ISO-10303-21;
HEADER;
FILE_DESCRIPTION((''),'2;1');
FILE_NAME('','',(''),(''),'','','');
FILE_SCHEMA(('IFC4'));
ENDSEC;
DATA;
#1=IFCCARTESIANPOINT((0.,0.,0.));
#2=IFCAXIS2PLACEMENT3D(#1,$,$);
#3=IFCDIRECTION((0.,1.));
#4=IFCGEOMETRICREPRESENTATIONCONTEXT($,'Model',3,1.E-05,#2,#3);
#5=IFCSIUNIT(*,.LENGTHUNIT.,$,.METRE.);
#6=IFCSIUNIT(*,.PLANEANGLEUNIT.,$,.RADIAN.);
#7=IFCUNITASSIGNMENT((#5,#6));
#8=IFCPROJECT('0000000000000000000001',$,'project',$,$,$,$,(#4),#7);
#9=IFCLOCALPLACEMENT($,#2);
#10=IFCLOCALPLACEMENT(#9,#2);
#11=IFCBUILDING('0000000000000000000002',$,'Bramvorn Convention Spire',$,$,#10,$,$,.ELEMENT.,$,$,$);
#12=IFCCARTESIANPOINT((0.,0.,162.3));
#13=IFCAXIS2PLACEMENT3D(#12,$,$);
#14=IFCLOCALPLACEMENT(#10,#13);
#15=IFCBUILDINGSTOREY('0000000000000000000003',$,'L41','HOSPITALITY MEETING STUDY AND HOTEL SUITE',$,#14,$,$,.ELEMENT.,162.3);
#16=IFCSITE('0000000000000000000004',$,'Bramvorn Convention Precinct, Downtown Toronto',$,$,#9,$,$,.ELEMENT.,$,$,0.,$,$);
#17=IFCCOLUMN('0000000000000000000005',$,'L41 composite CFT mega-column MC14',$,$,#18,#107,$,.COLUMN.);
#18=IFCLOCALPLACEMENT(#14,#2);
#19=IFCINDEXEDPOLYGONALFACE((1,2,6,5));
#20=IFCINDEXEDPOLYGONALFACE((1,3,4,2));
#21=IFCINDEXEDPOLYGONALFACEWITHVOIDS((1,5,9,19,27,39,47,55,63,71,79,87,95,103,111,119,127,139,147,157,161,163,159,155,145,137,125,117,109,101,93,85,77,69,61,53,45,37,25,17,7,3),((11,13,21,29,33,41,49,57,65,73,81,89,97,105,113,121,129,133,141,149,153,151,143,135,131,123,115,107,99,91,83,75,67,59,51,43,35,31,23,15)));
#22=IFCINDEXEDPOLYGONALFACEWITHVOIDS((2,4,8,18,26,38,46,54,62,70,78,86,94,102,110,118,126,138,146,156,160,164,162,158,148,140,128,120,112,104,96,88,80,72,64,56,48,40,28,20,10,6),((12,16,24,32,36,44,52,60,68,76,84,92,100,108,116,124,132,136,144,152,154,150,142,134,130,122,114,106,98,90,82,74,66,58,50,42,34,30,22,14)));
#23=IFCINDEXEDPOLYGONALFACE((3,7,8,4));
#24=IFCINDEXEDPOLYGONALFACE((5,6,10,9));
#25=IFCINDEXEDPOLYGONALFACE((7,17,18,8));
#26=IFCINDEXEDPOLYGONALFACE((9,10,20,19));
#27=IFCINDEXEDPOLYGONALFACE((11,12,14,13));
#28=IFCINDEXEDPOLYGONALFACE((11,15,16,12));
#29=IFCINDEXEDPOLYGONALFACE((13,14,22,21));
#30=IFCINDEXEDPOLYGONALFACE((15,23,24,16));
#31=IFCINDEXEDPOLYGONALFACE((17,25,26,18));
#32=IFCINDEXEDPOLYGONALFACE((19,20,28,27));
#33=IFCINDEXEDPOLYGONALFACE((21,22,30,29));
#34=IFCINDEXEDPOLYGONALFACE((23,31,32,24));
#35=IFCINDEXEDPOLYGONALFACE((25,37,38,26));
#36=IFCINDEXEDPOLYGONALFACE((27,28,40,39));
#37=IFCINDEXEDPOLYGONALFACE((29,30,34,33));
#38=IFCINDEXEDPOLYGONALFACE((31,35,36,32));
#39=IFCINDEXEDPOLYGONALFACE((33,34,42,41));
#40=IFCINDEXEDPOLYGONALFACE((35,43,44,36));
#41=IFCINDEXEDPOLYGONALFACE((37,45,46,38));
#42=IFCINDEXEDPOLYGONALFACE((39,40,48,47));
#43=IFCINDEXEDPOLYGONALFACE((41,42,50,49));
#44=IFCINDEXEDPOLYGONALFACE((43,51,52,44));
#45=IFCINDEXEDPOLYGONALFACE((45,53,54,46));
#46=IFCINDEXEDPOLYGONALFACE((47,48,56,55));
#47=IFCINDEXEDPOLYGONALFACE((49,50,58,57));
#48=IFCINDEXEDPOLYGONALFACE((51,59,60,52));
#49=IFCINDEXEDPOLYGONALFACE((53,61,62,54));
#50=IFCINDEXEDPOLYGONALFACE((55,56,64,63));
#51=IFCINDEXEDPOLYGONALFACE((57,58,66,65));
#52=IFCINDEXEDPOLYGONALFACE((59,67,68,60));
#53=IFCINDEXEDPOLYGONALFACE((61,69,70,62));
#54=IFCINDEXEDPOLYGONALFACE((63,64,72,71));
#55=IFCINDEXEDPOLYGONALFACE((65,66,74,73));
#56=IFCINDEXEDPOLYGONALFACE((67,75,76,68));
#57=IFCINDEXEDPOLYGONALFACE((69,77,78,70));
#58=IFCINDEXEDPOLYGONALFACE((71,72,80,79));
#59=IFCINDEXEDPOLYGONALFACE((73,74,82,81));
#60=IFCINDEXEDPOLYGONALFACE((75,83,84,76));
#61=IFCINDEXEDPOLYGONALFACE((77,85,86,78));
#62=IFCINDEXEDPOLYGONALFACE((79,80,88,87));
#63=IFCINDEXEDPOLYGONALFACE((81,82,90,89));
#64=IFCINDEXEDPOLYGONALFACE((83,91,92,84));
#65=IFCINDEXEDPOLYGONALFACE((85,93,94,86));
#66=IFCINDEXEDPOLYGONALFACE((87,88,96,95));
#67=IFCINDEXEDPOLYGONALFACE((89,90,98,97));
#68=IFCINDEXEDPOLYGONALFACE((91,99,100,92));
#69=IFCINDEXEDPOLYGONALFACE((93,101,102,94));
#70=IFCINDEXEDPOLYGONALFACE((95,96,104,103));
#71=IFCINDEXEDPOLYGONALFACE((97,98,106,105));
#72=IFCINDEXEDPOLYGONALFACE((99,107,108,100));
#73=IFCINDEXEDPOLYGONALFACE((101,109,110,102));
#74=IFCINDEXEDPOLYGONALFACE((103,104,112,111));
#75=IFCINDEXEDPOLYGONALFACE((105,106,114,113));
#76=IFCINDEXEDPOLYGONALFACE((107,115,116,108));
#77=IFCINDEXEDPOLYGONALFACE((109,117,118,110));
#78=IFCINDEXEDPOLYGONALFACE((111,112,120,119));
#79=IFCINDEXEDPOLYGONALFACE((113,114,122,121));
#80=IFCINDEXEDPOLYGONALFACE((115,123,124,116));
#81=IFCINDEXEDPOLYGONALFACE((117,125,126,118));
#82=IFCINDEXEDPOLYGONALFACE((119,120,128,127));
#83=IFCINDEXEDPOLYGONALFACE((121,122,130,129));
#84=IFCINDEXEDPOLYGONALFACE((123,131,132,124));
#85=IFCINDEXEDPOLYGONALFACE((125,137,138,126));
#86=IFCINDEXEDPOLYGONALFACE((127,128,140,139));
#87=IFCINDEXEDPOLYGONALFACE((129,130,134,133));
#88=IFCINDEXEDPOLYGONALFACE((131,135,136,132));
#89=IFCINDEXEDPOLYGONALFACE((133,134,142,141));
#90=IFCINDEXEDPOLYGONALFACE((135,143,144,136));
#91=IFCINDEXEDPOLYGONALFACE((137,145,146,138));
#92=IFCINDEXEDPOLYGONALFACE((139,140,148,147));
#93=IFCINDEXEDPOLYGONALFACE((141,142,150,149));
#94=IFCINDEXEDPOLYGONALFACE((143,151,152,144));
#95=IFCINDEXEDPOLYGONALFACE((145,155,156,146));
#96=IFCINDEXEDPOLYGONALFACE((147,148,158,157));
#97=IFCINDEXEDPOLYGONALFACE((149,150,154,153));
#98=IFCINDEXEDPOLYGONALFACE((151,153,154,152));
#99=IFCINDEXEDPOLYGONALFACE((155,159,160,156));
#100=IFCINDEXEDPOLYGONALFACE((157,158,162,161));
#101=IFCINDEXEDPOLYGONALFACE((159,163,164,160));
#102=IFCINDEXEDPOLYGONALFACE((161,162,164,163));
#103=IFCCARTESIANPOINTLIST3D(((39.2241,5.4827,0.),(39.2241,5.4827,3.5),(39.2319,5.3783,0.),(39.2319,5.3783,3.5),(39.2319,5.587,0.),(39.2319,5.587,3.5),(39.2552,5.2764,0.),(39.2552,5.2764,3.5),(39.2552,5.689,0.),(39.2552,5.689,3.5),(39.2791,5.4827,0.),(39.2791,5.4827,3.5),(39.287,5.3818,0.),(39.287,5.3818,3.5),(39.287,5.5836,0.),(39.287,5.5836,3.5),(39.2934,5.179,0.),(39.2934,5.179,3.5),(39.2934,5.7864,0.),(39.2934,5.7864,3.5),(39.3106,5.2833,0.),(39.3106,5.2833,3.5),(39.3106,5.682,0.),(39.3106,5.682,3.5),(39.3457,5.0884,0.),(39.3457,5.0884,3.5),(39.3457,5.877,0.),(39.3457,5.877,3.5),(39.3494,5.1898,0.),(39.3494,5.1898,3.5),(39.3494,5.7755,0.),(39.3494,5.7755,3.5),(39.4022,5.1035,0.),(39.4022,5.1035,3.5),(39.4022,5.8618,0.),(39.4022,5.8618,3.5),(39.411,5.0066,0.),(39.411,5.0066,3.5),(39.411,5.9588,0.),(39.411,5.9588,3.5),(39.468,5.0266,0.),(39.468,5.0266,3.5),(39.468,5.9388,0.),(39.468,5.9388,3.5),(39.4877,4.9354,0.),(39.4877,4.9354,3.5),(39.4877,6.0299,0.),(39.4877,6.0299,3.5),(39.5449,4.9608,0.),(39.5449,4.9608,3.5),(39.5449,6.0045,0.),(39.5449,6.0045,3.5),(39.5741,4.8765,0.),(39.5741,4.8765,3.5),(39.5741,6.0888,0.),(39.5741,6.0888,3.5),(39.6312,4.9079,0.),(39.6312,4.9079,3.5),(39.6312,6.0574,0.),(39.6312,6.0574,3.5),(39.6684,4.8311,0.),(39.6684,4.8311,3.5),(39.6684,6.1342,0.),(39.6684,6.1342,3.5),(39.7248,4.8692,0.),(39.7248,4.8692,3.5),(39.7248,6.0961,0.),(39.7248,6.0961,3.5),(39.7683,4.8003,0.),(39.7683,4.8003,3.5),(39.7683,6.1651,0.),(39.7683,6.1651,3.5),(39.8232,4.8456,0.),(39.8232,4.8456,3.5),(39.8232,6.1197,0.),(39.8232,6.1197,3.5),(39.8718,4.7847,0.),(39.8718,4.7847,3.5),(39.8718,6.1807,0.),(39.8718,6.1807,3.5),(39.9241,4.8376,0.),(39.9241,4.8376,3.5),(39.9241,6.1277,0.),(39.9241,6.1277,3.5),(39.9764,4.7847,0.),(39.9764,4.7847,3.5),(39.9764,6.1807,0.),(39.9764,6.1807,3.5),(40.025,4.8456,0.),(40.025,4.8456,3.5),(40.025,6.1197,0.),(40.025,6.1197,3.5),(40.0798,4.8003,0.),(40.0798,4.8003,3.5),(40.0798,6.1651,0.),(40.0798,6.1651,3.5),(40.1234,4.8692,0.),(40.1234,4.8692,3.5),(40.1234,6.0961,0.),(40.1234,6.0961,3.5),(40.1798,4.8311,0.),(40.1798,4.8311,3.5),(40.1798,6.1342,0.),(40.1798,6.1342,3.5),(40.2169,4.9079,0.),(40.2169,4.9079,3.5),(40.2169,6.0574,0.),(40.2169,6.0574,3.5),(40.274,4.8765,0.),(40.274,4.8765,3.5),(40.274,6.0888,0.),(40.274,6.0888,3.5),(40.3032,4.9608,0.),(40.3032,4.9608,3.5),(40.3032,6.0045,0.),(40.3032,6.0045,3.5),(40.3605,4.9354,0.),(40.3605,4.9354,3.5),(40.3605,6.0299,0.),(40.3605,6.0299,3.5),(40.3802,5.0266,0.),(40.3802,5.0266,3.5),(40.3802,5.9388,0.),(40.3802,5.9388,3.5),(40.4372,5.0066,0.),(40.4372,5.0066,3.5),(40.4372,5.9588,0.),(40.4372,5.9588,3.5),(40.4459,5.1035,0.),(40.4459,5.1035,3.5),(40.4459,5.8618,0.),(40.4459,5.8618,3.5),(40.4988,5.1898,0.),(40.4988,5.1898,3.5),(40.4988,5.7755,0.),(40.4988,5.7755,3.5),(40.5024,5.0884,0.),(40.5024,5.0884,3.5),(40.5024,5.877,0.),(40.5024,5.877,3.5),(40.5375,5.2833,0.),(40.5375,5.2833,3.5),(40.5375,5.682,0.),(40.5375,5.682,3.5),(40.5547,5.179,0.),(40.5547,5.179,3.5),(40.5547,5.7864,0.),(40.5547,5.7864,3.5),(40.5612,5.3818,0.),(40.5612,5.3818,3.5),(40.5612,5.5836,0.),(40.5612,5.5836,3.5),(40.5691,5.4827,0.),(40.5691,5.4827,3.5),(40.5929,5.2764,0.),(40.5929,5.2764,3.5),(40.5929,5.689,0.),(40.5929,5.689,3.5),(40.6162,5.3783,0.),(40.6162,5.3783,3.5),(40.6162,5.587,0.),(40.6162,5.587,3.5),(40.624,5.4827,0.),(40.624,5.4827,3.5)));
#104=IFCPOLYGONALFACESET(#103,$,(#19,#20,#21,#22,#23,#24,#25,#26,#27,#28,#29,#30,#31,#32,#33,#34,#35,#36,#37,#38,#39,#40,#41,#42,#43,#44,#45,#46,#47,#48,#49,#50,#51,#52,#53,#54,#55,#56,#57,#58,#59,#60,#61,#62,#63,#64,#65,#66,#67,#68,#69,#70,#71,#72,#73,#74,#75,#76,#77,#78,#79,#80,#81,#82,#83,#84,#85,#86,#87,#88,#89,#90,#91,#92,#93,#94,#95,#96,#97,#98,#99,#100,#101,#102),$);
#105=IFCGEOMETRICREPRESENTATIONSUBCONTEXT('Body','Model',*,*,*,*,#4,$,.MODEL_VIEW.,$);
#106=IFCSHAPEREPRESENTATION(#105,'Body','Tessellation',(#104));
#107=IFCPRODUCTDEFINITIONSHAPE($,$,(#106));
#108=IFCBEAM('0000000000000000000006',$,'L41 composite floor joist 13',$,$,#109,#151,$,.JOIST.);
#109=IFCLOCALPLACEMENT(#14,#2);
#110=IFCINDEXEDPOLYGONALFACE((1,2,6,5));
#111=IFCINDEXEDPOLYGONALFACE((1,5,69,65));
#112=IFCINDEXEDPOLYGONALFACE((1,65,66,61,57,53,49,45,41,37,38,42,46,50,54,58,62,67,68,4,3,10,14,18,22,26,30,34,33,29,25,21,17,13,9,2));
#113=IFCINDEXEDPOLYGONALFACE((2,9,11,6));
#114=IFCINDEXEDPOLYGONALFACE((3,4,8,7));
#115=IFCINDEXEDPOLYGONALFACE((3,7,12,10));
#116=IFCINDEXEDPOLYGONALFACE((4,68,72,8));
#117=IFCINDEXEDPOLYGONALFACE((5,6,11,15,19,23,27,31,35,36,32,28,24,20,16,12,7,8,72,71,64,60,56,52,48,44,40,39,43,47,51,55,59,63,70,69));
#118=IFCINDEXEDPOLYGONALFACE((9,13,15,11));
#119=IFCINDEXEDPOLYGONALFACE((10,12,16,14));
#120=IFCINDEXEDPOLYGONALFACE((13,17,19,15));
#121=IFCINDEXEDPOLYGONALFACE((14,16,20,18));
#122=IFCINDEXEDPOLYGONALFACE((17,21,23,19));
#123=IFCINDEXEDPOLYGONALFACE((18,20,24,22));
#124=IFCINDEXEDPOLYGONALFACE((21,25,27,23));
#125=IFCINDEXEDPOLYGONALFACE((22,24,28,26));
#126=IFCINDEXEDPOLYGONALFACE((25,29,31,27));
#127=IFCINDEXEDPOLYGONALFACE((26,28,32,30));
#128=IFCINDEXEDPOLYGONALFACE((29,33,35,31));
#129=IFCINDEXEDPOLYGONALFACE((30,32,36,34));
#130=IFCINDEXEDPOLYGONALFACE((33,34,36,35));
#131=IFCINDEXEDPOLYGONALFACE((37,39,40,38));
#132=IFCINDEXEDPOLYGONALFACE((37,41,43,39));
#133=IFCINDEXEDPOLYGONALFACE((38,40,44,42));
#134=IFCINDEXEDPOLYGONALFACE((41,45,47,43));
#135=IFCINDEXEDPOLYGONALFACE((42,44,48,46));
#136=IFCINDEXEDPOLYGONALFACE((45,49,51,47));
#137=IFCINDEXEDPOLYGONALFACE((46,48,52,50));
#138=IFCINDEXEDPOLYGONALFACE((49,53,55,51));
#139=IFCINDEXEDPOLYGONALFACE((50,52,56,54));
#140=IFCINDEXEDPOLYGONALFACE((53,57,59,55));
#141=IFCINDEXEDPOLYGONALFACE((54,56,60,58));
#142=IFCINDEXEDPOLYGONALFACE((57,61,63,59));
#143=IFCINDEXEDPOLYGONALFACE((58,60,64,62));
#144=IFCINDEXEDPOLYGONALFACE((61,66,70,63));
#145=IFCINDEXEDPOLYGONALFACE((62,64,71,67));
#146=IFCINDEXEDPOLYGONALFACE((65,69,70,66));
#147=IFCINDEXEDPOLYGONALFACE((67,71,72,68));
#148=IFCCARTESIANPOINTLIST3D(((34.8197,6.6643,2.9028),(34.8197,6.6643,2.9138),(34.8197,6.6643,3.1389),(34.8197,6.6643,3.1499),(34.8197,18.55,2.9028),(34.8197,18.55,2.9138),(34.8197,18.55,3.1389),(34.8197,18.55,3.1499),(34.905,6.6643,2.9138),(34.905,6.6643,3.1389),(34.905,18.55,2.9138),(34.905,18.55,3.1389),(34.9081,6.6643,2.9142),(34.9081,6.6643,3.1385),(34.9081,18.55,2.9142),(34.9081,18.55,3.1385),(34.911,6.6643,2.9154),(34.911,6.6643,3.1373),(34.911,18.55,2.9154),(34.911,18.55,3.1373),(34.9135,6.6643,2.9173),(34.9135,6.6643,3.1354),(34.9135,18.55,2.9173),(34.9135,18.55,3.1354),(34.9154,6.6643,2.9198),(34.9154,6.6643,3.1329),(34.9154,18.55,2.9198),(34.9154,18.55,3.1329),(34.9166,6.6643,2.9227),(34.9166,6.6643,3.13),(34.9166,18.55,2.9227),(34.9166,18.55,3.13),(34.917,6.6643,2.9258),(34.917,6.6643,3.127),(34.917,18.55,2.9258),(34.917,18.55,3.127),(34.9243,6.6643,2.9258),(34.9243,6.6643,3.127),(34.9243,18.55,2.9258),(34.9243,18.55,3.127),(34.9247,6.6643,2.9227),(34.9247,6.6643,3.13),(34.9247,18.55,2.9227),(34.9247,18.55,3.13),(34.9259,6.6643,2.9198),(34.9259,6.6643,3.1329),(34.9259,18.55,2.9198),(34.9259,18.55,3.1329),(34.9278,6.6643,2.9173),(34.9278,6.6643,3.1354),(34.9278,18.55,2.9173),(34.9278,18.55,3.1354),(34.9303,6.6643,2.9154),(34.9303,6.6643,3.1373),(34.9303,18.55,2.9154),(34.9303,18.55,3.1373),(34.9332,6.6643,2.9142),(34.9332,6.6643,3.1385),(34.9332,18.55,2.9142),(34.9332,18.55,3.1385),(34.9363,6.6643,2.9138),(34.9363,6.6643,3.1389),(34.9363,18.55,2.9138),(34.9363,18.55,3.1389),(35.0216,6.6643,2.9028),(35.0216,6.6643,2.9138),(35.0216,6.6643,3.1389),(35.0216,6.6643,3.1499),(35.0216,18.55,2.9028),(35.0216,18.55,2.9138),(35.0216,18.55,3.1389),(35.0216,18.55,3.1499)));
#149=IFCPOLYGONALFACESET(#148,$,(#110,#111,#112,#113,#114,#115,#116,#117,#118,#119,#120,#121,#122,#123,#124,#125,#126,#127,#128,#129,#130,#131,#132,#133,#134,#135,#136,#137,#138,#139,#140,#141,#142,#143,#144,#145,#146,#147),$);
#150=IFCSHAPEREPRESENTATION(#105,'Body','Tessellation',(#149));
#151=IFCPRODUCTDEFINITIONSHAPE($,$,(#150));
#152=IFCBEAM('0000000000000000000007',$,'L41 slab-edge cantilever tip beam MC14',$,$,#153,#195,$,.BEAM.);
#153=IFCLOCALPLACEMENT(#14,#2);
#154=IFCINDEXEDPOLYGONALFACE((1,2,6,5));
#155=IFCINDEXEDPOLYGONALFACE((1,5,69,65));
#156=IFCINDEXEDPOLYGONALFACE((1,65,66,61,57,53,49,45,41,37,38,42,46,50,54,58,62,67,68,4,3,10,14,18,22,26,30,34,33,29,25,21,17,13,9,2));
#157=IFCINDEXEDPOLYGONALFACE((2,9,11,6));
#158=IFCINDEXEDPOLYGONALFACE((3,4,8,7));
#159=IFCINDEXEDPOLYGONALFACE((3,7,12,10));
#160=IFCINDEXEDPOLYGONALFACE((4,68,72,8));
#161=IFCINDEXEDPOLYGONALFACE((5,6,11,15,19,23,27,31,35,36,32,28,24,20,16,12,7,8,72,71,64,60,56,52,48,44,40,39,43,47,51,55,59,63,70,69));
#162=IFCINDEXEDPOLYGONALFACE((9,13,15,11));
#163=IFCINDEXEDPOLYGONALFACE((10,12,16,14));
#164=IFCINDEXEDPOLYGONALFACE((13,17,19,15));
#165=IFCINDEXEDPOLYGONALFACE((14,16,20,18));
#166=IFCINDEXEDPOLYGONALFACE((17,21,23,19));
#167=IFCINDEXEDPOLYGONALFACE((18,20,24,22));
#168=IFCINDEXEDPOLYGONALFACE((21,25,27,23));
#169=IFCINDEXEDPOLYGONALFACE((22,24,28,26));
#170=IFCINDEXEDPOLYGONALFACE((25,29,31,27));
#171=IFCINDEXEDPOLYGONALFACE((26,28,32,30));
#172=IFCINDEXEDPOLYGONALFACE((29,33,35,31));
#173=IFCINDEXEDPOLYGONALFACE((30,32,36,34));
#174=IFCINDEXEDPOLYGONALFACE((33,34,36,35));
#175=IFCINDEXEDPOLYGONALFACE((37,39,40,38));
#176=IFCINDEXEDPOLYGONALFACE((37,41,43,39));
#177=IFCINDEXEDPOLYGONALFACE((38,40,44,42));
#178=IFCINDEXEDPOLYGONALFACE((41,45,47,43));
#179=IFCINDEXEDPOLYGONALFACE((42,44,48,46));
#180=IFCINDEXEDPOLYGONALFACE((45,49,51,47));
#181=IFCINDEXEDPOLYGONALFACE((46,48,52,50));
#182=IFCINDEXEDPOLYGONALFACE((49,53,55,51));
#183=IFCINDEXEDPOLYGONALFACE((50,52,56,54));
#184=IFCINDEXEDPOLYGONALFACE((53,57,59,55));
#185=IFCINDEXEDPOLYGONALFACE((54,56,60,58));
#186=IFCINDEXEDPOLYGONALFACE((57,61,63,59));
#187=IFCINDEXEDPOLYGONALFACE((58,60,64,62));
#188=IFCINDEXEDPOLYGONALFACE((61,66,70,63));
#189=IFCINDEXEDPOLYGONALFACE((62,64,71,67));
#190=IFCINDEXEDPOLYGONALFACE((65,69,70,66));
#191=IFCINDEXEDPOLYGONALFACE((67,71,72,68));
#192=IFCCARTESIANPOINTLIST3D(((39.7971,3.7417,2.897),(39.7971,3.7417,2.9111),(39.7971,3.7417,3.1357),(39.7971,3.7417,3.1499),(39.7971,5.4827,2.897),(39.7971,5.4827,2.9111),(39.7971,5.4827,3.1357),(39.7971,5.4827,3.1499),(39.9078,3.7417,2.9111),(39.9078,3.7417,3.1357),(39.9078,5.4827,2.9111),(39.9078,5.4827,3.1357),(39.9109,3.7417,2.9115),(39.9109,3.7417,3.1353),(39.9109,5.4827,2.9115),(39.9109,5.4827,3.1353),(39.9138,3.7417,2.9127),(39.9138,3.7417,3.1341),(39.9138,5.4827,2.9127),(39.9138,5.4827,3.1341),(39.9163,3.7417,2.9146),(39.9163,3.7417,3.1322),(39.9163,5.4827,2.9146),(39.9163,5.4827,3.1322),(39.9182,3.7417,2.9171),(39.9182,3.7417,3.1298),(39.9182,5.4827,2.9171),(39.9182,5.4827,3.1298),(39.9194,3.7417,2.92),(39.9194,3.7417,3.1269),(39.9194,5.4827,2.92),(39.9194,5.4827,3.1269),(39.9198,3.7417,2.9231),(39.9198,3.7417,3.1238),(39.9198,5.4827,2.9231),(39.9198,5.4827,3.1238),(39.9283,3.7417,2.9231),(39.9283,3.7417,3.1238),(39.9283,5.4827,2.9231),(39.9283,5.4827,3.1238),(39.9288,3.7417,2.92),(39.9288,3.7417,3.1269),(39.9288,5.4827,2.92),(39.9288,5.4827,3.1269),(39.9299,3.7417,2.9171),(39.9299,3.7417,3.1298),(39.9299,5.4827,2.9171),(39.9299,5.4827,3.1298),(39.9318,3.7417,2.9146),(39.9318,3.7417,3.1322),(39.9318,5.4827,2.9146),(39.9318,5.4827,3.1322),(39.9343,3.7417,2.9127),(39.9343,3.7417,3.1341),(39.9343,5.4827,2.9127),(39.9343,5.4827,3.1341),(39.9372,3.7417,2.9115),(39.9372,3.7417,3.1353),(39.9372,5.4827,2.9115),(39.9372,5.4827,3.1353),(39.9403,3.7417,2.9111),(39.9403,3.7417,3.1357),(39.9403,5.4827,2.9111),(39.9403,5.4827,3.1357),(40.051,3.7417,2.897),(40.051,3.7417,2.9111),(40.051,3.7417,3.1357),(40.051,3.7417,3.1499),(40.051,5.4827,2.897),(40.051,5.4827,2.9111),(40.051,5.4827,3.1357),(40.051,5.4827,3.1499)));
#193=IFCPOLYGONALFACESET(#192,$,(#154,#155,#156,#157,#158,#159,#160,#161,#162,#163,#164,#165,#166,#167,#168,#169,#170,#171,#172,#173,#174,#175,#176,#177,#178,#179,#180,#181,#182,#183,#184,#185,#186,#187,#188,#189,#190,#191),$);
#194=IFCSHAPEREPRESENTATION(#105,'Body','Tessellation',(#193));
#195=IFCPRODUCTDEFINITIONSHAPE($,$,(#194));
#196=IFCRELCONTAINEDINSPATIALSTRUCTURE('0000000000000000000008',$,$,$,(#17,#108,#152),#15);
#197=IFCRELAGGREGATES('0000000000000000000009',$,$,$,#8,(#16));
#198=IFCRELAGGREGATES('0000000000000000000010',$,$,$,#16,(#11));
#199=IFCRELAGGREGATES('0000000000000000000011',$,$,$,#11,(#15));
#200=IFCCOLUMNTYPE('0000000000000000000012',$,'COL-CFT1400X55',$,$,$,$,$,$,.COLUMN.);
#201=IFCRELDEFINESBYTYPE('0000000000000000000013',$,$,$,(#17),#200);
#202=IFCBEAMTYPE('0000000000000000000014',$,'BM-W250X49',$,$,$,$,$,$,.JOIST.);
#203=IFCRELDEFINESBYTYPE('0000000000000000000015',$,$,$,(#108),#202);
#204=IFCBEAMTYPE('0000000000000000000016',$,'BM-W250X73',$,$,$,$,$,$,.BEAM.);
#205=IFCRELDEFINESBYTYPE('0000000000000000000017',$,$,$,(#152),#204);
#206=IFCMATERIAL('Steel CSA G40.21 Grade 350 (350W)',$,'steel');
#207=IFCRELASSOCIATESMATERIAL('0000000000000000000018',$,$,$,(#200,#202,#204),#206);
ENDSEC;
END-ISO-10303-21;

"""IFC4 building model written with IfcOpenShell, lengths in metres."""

from ifc_helpers import new_model, si_unit, direction, frame, origin, origin_2d, place, context, subcontext, project, spatial, hollow_circle, i_section, extrude, material, material_profile, profile_set, type_object, element, save


model = new_model("IFC4")

# Units and contexts
model_context = context("Model", 3, precision=1e-05, world=origin(), true_north=direction((0.0, 1.0)))
body_context = subcontext(model_context, "Body", "Model", "MODEL_VIEW")
ifc_project = project(units=[si_unit("LENGTHUNIT", "METRE"), si_unit("PLANEANGLEUNIT", "RADIAN")], contexts=[model_context])

# Site, building, storey
site_placement = place(None, origin())
site = spatial("IfcSite", under=ifc_project, at=site_placement, Name="Bramvorn Convention Precinct, Downtown Toronto", CompositionType="ELEMENT", RefElevation=0.0)
building_placement = place(site_placement, origin())
building = spatial("IfcBuilding", under=site, at=building_placement, Name="Bramvorn Convention Spire", CompositionType="ELEMENT")
storey_placement = place(building_placement, frame((0.0, 0.0, 162.3)))
storey = spatial("IfcBuildingStorey", under=building, at=storey_placement, Name="L41", Description="HOSPITALITY MEETING STUDY AND HOTEL SUITE", CompositionType="ELEMENT", Elevation=162.3)

# Column
ifc_material_1 = material(Name="Steel CSA G40.21 Grade 350 (350W)", Category="steel")
ifc_material_profile_1 = material_profile(ifc_material_1, hollow_circle(Radius=0.7, WallThickness=0.0549, at=origin_2d()))
ifc_profile_set_1 = profile_set([ifc_material_profile_1], Name="Steel CSA G40.21 Grade 350 (350W) - CFT1400X55")
column_type = type_object("IfcColumnType", Name="COL-CFT1400X55", PredefinedType="COLUMN", material=ifc_profile_set_1)
column_placement = place(storey_placement, frame((39.9241, 5.4827, 0.0), z_axis=(0.0, 0.0, 1.0), x_axis=(1.0, 0.0, 0.0)))
element("IfcColumn", 1, at=column_placement, inside=storey, type_object=column_type, Name="L41 composite CFT mega-column MC14", PredefinedType="COLUMN", context=body_context, shape_type="SweptSolid", body=[
    extrude(hollow_circle(Radius=0.7, WallThickness=0.0549, at=origin_2d()), origin(), (0.0, 0.0, 1.0), 3.5),
])

# Beams
ifc_material_profile_2 = material_profile(ifc_material_1, i_section(OverallWidth=0.2019, OverallDepth=0.2471, WebThickness=0.0073, FlangeThickness=0.011, FilletRadius=0.012, at=origin_2d()))
ifc_profile_set_2 = profile_set([ifc_material_profile_2], Name="Steel CSA G40.21 Grade 350 (350W) - W250X49")
beam_type_1 = type_object("IfcBeamType", Name="BM-W250X49", PredefinedType="JOIST", material=ifc_profile_set_2)
beam_1_placement = place(storey_placement, frame((34.9207, 18.55, 3.0264), z_axis=(0.0, -1.0, 0.0), x_axis=(1.0, 0.0, 0.0)))
element("IfcBeam", 2, at=beam_1_placement, inside=storey, type_object=beam_type_1, Name="L41 composite floor joist 13", PredefinedType="JOIST", context=body_context, shape_type="SweptSolid", body=[
    extrude(i_section(OverallWidth=0.2019, OverallDepth=0.2471, WebThickness=0.0073, FlangeThickness=0.011, FilletRadius=0.012, at=origin_2d()), origin(), (0.0, 0.0, 1.0), 11.8857),
])
ifc_material_profile_3 = material_profile(ifc_material_1, i_section(OverallWidth=0.2539, OverallDepth=0.2529, WebThickness=0.0085, FlangeThickness=0.0142, FilletRadius=0.012, at=origin_2d()))
ifc_profile_set_3 = profile_set([ifc_material_profile_3], Name="Steel CSA G40.21 Grade 350 (350W) - W250X73")
beam_type_2 = type_object("IfcBeamType", Name="BM-W250X73", PredefinedType="BEAM", material=ifc_profile_set_3)
beam_2_placement = place(storey_placement, frame((39.9241, 5.4827, 3.0234), z_axis=(0.0, -1.0, 0.0), x_axis=(1.0, 0.0, 0.0)))
element("IfcBeam", 3, at=beam_2_placement, inside=storey, type_object=beam_type_2, Name="L41 slab-edge cantilever tip beam MC14", PredefinedType="BEAM", context=body_context, shape_type="SweptSolid", body=[
    extrude(i_section(OverallWidth=0.2539, OverallDepth=0.2529, WebThickness=0.0085, FlangeThickness=0.0142, FilletRadius=0.012, at=origin_2d()), origin(), (0.0, 0.0, 1.0), 1.741),
])

save(model, "model.ifc")
